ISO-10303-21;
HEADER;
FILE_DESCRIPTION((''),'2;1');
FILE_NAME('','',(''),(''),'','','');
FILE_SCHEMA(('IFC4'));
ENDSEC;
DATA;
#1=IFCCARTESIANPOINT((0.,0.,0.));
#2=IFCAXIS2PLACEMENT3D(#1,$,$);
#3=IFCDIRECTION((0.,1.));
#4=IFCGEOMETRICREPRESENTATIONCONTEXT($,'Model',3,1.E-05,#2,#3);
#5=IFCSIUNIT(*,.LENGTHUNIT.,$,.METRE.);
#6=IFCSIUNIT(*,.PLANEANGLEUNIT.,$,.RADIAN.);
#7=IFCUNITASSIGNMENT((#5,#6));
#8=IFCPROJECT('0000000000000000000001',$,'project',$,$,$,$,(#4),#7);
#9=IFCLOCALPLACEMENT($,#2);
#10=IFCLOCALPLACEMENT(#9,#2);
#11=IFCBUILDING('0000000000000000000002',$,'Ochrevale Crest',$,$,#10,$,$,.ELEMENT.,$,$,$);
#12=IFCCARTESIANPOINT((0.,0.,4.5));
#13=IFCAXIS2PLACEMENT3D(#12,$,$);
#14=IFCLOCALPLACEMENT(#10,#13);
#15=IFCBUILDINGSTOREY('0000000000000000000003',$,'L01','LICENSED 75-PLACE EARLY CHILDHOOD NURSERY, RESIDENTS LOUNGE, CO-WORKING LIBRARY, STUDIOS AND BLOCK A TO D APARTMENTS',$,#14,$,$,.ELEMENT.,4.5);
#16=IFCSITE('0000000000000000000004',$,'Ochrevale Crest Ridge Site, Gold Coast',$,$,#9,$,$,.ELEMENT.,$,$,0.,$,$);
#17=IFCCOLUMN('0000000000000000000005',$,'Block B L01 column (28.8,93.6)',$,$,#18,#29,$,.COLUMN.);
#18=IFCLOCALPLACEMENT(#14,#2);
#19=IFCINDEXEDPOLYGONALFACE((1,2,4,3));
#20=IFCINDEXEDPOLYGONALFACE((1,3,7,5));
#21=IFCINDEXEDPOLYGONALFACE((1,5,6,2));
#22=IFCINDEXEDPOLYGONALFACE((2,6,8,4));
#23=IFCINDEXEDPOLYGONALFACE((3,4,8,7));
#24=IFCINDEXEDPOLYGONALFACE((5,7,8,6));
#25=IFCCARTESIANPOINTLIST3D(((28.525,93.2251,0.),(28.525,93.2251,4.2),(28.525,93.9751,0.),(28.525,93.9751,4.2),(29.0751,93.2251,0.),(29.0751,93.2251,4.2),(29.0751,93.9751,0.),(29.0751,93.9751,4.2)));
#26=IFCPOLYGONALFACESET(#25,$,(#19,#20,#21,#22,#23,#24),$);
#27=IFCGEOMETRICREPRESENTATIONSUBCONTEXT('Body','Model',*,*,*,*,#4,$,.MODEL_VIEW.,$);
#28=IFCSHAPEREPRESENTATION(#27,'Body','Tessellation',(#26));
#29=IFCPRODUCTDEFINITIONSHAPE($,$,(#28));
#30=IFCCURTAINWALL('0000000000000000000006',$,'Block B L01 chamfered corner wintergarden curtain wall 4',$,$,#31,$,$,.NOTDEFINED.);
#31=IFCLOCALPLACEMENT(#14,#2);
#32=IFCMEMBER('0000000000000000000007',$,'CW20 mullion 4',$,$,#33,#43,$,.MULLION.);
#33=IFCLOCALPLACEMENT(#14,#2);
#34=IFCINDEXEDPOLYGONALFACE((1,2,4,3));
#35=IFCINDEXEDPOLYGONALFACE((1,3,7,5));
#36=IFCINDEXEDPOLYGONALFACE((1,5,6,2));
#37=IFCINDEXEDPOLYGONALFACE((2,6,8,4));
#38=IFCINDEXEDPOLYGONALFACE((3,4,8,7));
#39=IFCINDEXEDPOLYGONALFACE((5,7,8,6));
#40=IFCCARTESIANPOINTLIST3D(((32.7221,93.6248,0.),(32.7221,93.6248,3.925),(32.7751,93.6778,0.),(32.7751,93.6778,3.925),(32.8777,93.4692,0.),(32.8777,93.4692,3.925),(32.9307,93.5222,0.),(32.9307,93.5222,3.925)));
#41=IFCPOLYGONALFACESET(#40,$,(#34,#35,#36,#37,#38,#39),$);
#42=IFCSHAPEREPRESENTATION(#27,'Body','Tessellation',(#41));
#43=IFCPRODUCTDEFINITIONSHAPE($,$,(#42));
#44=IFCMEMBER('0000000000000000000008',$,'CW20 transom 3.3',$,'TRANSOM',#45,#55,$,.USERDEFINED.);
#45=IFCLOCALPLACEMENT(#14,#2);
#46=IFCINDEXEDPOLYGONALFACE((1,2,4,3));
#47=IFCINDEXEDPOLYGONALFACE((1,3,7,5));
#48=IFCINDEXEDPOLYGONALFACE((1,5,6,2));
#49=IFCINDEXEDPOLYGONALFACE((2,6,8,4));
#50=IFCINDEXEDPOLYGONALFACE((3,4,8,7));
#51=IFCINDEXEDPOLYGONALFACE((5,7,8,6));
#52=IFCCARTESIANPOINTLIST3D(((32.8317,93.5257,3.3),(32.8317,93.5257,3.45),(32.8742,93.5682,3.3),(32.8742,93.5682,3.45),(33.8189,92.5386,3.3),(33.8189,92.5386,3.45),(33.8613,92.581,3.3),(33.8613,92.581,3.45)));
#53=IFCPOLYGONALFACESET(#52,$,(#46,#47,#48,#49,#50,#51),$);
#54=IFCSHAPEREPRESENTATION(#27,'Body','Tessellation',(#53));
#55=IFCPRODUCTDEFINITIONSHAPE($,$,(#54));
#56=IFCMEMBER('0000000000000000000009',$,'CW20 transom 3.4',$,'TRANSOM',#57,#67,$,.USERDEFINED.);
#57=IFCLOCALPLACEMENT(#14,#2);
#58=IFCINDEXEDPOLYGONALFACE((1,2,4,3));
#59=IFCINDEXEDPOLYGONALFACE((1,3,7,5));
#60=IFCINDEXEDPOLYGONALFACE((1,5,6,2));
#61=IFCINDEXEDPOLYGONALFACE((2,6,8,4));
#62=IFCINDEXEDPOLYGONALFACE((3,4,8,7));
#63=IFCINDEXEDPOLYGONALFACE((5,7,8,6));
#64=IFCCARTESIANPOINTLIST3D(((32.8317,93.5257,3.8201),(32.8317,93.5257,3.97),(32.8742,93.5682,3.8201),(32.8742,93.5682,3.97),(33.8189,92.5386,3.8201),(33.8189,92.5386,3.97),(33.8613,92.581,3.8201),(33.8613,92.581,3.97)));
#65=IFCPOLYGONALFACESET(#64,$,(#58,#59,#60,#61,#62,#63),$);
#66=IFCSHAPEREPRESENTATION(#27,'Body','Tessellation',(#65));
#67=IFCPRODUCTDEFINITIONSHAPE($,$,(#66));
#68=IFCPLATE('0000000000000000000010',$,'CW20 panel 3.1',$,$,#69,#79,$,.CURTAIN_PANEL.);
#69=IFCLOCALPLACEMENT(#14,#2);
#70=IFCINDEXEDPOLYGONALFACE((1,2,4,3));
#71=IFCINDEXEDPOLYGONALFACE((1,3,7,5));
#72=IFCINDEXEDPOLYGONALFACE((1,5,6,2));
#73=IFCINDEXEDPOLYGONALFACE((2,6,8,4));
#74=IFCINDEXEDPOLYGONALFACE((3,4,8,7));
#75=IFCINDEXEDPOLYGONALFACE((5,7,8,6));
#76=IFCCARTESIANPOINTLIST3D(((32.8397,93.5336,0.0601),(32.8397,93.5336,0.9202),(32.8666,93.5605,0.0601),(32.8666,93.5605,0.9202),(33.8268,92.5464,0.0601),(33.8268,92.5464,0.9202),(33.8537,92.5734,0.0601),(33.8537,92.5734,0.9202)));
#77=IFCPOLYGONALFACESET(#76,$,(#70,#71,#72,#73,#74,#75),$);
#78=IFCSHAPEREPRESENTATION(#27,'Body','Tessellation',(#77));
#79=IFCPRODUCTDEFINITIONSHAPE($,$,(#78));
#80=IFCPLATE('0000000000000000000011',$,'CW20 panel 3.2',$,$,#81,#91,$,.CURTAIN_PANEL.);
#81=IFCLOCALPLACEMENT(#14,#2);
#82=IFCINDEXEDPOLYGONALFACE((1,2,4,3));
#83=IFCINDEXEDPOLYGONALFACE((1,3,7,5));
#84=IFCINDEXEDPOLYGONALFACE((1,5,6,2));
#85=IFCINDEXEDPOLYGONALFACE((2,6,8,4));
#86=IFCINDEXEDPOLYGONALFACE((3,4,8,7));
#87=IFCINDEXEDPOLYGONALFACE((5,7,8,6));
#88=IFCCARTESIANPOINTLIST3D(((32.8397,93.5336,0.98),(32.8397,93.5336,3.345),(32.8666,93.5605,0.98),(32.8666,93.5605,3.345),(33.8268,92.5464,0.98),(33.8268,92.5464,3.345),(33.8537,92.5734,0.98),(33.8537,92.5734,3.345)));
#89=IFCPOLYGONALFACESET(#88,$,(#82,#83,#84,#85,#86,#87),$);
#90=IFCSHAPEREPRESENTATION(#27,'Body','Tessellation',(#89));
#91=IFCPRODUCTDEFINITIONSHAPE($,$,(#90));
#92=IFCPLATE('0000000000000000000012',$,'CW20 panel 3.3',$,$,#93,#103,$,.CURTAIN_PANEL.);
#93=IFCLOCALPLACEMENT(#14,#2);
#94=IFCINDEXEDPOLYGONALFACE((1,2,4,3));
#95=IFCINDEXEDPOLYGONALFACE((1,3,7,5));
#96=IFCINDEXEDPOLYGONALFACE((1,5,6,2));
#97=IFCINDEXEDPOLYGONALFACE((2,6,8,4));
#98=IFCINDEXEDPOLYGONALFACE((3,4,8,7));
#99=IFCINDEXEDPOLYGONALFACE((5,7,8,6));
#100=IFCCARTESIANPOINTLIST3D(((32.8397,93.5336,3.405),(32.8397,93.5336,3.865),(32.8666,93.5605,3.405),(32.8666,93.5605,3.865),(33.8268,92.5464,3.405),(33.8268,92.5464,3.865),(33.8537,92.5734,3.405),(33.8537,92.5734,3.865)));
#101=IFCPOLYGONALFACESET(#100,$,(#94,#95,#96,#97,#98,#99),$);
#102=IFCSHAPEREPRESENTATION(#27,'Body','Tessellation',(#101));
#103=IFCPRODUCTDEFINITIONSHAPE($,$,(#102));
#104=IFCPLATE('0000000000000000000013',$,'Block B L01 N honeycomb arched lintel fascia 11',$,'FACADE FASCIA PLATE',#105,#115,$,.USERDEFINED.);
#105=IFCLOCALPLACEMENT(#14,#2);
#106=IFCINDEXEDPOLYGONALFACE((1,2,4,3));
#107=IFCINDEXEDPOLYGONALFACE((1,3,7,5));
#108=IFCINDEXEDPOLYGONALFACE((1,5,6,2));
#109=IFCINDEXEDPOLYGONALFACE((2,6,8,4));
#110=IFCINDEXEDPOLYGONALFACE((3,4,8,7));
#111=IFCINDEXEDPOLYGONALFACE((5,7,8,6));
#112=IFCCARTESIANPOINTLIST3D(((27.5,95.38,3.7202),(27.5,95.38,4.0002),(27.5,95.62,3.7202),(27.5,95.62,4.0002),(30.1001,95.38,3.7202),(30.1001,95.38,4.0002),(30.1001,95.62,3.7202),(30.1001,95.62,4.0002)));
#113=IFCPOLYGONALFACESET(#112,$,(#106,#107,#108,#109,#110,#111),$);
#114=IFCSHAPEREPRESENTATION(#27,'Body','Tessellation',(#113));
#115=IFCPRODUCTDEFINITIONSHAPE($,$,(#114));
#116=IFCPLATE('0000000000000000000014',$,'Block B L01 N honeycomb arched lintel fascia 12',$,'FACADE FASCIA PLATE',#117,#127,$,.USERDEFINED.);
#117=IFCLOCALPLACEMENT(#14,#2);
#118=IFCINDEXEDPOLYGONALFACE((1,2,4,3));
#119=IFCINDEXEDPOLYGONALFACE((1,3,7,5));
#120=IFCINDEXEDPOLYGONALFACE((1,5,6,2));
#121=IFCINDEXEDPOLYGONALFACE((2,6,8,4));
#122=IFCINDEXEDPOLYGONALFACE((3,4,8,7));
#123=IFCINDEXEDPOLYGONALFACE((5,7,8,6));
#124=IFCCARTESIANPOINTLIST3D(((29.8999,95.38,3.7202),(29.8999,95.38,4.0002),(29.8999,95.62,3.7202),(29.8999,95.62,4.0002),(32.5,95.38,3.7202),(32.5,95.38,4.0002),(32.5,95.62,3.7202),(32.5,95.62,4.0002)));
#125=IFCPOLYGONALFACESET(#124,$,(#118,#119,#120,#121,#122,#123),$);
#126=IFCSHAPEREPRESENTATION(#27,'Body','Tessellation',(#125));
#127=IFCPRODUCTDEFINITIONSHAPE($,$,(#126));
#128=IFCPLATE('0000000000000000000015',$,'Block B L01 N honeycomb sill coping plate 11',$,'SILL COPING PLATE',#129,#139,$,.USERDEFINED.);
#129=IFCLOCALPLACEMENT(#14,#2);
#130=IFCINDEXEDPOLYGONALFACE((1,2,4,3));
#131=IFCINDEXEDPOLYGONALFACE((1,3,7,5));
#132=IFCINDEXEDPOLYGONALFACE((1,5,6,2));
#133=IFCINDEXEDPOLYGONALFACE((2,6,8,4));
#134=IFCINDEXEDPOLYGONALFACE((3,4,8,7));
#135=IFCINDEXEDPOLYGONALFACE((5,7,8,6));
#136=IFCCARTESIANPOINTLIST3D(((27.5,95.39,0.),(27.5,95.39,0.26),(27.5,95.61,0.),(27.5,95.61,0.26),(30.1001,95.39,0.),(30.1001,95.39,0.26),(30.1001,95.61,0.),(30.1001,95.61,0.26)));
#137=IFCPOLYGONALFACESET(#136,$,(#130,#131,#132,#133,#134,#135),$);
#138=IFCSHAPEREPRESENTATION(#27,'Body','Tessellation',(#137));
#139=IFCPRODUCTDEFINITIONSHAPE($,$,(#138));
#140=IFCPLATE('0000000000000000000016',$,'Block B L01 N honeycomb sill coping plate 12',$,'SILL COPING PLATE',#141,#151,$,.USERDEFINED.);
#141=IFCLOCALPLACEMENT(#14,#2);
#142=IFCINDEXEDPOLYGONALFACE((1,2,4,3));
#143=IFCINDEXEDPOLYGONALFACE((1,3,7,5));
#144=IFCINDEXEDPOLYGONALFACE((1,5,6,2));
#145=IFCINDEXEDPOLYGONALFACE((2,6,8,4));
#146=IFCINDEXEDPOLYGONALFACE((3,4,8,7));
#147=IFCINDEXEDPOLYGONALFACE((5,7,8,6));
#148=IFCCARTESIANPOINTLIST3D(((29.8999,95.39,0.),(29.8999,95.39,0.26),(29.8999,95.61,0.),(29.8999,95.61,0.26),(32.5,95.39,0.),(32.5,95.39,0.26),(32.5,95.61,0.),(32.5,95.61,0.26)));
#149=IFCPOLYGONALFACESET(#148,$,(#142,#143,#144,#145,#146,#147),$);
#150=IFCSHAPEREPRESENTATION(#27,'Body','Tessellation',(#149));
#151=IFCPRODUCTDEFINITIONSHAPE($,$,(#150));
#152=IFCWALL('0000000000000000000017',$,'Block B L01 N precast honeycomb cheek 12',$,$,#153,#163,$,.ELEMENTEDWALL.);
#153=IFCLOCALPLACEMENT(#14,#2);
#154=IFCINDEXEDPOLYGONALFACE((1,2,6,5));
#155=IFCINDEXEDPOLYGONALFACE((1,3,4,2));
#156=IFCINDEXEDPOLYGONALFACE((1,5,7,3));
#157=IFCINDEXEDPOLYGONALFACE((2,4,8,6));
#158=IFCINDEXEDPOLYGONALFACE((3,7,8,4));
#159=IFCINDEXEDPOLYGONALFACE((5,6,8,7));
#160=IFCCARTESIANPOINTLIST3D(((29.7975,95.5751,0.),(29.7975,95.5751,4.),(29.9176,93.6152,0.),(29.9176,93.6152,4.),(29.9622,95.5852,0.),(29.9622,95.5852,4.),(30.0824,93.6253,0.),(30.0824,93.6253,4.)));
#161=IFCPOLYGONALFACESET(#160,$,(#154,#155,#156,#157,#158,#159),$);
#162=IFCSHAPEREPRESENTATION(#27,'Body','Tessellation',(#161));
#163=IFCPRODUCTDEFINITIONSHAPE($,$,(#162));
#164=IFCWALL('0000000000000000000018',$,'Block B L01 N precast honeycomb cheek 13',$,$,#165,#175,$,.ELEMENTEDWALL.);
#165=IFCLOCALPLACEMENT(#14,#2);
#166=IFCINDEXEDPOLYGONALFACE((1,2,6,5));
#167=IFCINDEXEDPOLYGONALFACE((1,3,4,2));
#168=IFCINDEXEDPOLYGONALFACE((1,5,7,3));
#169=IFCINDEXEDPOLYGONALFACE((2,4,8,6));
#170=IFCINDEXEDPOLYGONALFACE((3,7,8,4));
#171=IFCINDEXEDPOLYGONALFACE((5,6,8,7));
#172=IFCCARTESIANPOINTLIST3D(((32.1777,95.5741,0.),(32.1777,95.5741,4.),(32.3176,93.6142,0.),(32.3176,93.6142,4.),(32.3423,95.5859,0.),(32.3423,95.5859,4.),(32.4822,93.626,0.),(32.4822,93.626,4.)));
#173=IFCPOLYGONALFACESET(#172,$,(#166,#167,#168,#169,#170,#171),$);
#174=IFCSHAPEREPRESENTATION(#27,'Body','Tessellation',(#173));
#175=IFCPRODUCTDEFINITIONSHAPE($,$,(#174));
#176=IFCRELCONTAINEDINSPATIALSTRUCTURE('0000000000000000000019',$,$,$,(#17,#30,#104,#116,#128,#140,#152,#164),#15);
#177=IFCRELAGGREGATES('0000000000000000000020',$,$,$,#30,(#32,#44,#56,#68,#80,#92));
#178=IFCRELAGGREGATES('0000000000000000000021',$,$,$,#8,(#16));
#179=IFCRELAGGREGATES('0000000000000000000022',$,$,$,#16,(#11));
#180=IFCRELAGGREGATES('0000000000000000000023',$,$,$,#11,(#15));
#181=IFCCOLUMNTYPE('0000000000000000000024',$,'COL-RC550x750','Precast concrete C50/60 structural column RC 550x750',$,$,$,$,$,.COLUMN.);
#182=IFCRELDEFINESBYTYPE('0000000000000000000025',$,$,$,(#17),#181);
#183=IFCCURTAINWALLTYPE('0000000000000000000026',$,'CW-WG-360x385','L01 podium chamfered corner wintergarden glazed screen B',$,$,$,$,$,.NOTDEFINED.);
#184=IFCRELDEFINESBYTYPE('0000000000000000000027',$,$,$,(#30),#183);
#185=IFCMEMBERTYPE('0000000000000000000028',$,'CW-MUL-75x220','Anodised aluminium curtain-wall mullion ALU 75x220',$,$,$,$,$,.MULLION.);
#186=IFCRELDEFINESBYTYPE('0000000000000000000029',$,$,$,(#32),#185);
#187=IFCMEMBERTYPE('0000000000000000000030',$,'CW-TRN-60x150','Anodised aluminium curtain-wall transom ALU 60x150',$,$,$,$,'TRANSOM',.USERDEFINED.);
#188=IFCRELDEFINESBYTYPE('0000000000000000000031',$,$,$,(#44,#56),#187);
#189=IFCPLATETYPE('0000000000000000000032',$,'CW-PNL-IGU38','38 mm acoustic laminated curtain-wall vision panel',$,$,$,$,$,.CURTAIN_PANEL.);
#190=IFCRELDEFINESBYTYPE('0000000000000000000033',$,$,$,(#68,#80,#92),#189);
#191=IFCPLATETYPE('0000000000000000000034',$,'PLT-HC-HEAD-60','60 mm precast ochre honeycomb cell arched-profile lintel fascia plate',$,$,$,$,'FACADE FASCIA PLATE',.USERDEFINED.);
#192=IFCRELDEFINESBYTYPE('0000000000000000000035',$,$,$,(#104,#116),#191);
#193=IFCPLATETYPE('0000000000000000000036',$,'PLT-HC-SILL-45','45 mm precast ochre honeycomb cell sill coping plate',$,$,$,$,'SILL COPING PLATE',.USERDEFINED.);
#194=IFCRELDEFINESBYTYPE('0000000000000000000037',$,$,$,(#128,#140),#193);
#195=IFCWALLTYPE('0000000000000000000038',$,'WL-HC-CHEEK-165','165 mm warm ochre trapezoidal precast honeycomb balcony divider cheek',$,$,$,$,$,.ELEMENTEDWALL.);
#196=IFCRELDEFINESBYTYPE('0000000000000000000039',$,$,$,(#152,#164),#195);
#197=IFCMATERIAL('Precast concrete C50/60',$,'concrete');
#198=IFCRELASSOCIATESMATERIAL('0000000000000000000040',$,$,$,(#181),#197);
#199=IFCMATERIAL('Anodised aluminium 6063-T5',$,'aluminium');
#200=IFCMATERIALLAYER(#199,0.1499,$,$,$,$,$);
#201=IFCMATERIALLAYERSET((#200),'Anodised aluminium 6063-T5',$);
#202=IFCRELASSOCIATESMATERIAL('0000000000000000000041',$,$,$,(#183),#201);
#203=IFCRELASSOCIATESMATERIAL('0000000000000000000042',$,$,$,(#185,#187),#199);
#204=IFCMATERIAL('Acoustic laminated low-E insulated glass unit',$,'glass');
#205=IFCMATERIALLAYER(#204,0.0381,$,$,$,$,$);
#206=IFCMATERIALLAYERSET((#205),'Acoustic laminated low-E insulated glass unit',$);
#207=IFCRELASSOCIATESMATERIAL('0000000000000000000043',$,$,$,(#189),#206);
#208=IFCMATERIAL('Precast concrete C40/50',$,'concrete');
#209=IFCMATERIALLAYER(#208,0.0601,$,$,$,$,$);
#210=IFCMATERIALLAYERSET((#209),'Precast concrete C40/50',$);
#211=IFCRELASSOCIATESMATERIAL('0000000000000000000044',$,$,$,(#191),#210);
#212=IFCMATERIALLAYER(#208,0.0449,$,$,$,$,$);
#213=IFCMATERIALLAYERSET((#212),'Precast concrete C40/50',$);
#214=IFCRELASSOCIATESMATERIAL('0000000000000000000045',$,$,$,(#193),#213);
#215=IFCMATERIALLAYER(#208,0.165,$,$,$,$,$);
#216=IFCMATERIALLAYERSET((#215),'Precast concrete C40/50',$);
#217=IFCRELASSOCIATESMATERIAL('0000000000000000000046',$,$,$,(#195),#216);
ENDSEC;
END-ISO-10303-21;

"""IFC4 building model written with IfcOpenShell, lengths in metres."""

from ifc_helpers import new_model, si_unit, direction, frame, frame_2d, origin, origin_2d, place, context, subcontext, project, spatial, rectangle, extrude, material, layer, layer_set, material_profile, profile_set, type_object, element, aggregate, save


model = new_model("IFC4")

# Units and contexts
model_context = context("Model", 3, precision=1e-05, world=origin(), true_north=direction((0.0, 1.0)))
body_context = subcontext(model_context, "Body", "Model", "MODEL_VIEW")
ifc_project = project(units=[si_unit("LENGTHUNIT", "METRE"), si_unit("PLANEANGLEUNIT", "RADIAN")], contexts=[model_context])

# Site, building, storey
site_placement = place(None, origin())
site = spatial("IfcSite", under=ifc_project, at=site_placement, Name="Ochrevale Crest Ridge Site, Gold Coast", CompositionType="ELEMENT", RefElevation=0.0)
building_placement = place(site_placement, origin())
building = spatial("IfcBuilding", under=site, at=building_placement, Name="Ochrevale Crest", CompositionType="ELEMENT")
storey_placement = place(building_placement, frame((0.0, 0.0, 4.5)))
storey = spatial("IfcBuildingStorey", under=building, at=storey_placement, Name="L01", Description="LICENSED 75-PLACE EARLY CHILDHOOD NURSERY, RESIDENTS LOUNGE, CO-WORKING LIBRARY, STUDIOS AND BLOCK A TO D APARTMENTS", CompositionType="ELEMENT", Elevation=4.5)

# Column
ifc_material_1 = material(Name="Precast concrete C50/60", Category="concrete")
ifc_material_profile_1 = material_profile(ifc_material_1, rectangle(XDim=0.55, YDim=0.75, at=origin_2d()), Name="RC 550x750")
ifc_profile_set_1 = profile_set([ifc_material_profile_1], Name="Precast concrete C50/60")
column_type = type_object("IfcColumnType", Name="COL-RC550x750", Description="Precast concrete C50/60 structural column RC 550x750", PredefinedType="COLUMN", material=ifc_profile_set_1)
column_placement = place(storey_placement, frame((28.8, 93.6001, 0.0), z_axis=(0.0, 0.0, 1.0), x_axis=(1.0, 0.0, 0.0)))
element("IfcColumn", 1, at=column_placement, inside=storey, type_object=column_type, Name="Block B L01 column (28.8,93.6)", PredefinedType="COLUMN", context=body_context, shape_type="SweptSolid", body=[
    extrude(rectangle(XDim=0.55, YDim=0.75, at=origin_2d()), origin(), (0.0, 0.0, 1.0), 4.2),
])

# Curtain wall, members, plates
ifc_material_2 = material(Name="Anodised aluminium 6063-T5", Category="aluminium")
ifc_layer_1 = layer(ifc_material_2, 0.1499)
ifc_layer_set_1 = layer_set([ifc_layer_1], Name="Anodised aluminium 6063-T5")
curtain_wall_type = type_object("IfcCurtainWallType", Name="CW-WG-360x385", Description="L01 podium chamfered corner wintergarden glazed screen B", PredefinedType="NOTDEFINED", material=ifc_layer_set_1)
curtain_wall_placement = place(storey_placement, origin())
curtain_wall = element("IfcCurtainWall", 2, at=curtain_wall_placement, inside=storey, type_object=curtain_wall_type, Name="Block B L01 chamfered corner wintergarden curtain wall 4", PredefinedType="NOTDEFINED")
ifc_material_profile_2 = material_profile(ifc_material_2, rectangle(XDim=0.075, YDim=0.22, at=origin_2d()), Name="ALU 75x220")
ifc_profile_set_2 = profile_set([ifc_material_profile_2], Name="Anodised aluminium 6063-T5")
member_type_1 = type_object("IfcMemberType", Name="CW-MUL-75x220", Description="Anodised aluminium curtain-wall mullion ALU 75x220", PredefinedType="MULLION", material=ifc_profile_set_2)
member_1_placement = place(storey_placement, frame((32.8264, 93.5735, 0.0), z_axis=(0.0, 0.0, 1.0), x_axis=(-0.707107, -0.707107, 0.0)))
member_1 = element("IfcMember", 3, at=member_1_placement, type_object=member_type_1, Name="CW20 mullion 4", PredefinedType="MULLION", context=body_context, shape_type="SweptSolid", body=[
    extrude(rectangle(XDim=0.075, YDim=0.22, at=origin_2d()), origin(), (0.0, 0.0, 1.0), 3.925),
])
ifc_material_profile_3 = material_profile(ifc_material_2, rectangle(XDim=0.0601, YDim=0.1499, at=origin_2d()), Name="ALU 60x150")
ifc_profile_set_3 = profile_set([ifc_material_profile_3], Name="Anodised aluminium 6063-T5")
member_type_2 = type_object("IfcMemberType", Name="CW-TRN-60x150", Description="Anodised aluminium curtain-wall transom ALU 60x150", ElementType="TRANSOM", PredefinedType="USERDEFINED", material=ifc_profile_set_3)
member_2_placement = place(storey_placement, frame((33.8401, 92.5598, 3.375), z_axis=(-0.707107, 0.707107, 0.0), x_axis=(-0.707107, -0.707107, 0.0)))
member_2 = element("IfcMember", 4, at=member_2_placement, type_object=member_type_2, Name="CW20 transom 3.3", ObjectType="TRANSOM", PredefinedType="USERDEFINED", context=body_context, shape_type="SweptSolid", body=[
    extrude(rectangle(XDim=0.0601, YDim=0.1499, at=origin_2d()), origin(), (0.0, 0.0, 1.0), 1.396),
])
member_3_placement = place(storey_placement, frame((33.8401, 92.5598, 3.895), z_axis=(-0.707107, 0.707107, 0.0), x_axis=(-0.707107, -0.707107, 0.0)))
member_3 = element("IfcMember", 5, at=member_3_placement, type_object=member_type_2, Name="CW20 transom 3.4", ObjectType="TRANSOM", PredefinedType="USERDEFINED", context=body_context, shape_type="SweptSolid", body=[
    extrude(rectangle(XDim=0.0601, YDim=0.1499, at=origin_2d()), origin(), (0.0, 0.0, 1.0), 1.396),
])
ifc_material_3 = material(Name="Acoustic laminated low-E insulated glass unit", Category="glass")
ifc_layer_2 = layer(ifc_material_3, 0.0381)
ifc_layer_set_2 = layer_set([ifc_layer_2], Name="Acoustic laminated low-E insulated glass unit")
plate_type_1 = type_object("IfcPlateType", Name="CW-PNL-IGU38", Description="38 mm acoustic laminated curtain-wall vision panel", PredefinedType="CURTAIN_PANEL", material=ifc_layer_set_2)
plate_1_placement = place(storey_placement, frame((33.3467, 93.0535, 0.0601), z_axis=(0.0, 0.0, 1.0), x_axis=(-0.707107, 0.707107, 0.0)))
plate_1 = element("IfcPlate", 6, at=plate_1_placement, type_object=plate_type_1, Name="CW20 panel 3.1", PredefinedType="CURTAIN_PANEL", context=body_context, shape_type="SweptSolid", body=[
    extrude(rectangle(XDim=1.396, YDim=0.0381, at=origin_2d()), origin(), (0.0, 0.0, 1.0), 0.8601),
])
plate_2_placement = place(storey_placement, frame((33.3467, 93.0535, 0.98), z_axis=(0.0, 0.0, 1.0), x_axis=(-0.707107, 0.707107, 0.0)))
plate_2 = element("IfcPlate", 7, at=plate_2_placement, type_object=plate_type_1, Name="CW20 panel 3.2", PredefinedType="CURTAIN_PANEL", context=body_context, shape_type="SweptSolid", body=[
    extrude(rectangle(XDim=1.396, YDim=0.0381, at=origin_2d()), origin(), (0.0, 0.0, 1.0), 2.365),
])
plate_3_placement = place(storey_placement, frame((33.3467, 93.0535, 3.405), z_axis=(0.0, 0.0, 1.0), x_axis=(-0.707107, 0.707107, 0.0)))
plate_3 = element("IfcPlate", 8, at=plate_3_placement, type_object=plate_type_1, Name="CW20 panel 3.3", PredefinedType="CURTAIN_PANEL", context=body_context, shape_type="SweptSolid", body=[
    extrude(rectangle(XDim=1.396, YDim=0.0381, at=origin_2d()), origin(), (0.0, 0.0, 1.0), 0.46),
])
aggregate(curtain_wall, [member_1, member_2, member_3, plate_1, plate_2, plate_3])

# Plates
ifc_material_4 = material(Name="Precast concrete C40/50", Category="concrete")
ifc_layer_3 = layer(ifc_material_4, 0.0601)
ifc_layer_set_3 = layer_set([ifc_layer_3], Name="Precast concrete C40/50")
plate_type_2 = type_object("IfcPlateType", Name="PLT-HC-HEAD-60", Description="60 mm precast ochre honeycomb cell arched-profile lintel fascia plate", ElementType="FACADE FASCIA PLATE", PredefinedType="USERDEFINED", material=ifc_layer_set_3)
for number, where, z_axis, x_axis, name in (
    (9, (28.8, 95.5, 3.7202), (0.0, 0.0, 1.0), (1.0, 0.0, 0.0), "Block B L01 N honeycomb arched lintel fascia 11"),
    (10, (31.2, 95.5, 3.7202), (0.0, 0.0, 1.0), (1.0, 0.0, 0.0), "Block B L01 N honeycomb arched lintel fascia 12"),
):
    element("IfcPlate", number, at=place(storey_placement, frame(where, z_axis=z_axis, x_axis=x_axis)), inside=storey, type_object=plate_type_2, Name=name, ObjectType="FACADE FASCIA PLATE", PredefinedType="USERDEFINED", context=body_context, shape_type="SweptSolid", body=[
        extrude(rectangle(XDim=2.6001, YDim=0.24, at=origin_2d()), origin(), (0.0, 0.0, 1.0), 0.28),
    ])
ifc_layer_4 = layer(ifc_material_4, 0.0449)
ifc_layer_set_4 = layer_set([ifc_layer_4], Name="Precast concrete C40/50")
plate_type_3 = type_object("IfcPlateType", Name="PLT-HC-SILL-45", Description="45 mm precast ochre honeycomb cell sill coping plate", ElementType="SILL COPING PLATE", PredefinedType="USERDEFINED", material=ifc_layer_set_4)
for number, where, z_axis, x_axis, name in (
    (11, (28.8, 95.5, 0.0), (0.0, 0.0, 1.0), (1.0, 0.0, 0.0), "Block B L01 N honeycomb sill coping plate 11"),
    (12, (31.2, 95.5, 0.0), (0.0, 0.0, 1.0), (1.0, 0.0, 0.0), "Block B L01 N honeycomb sill coping plate 12"),
):
    element("IfcPlate", number, at=place(storey_placement, frame(where, z_axis=z_axis, x_axis=x_axis)), inside=storey, type_object=plate_type_3, Name=name, ObjectType="SILL COPING PLATE", PredefinedType="USERDEFINED", context=body_context, shape_type="SweptSolid", body=[
        extrude(rectangle(XDim=2.6001, YDim=0.22, at=origin_2d()), origin(), (0.0, 0.0, 1.0), 0.26),
    ])

# Walls
ifc_layer_5 = layer(ifc_material_4, 0.165)
ifc_layer_set_5 = layer_set([ifc_layer_5], Name="Precast concrete C40/50")
wall_type_1 = type_object("IfcWallType", Name="WL-HC-CHEEK-165", Description="165 mm warm ochre trapezoidal precast honeycomb balcony divider cheek", PredefinedType="ELEMENTEDWALL", material=ifc_layer_set_5)
wall_1_placement = place(storey_placement, frame((30.0, 93.6201, 0.0), z_axis=(0.0, 0.0, 1.0), x_axis=(-0.061171, 0.998127, 0.0)))
element("IfcWall", 13, at=wall_1_placement, inside=storey, type_object=wall_type_1, Name="Block B L01 N precast honeycomb cheek 12", PredefinedType="ELEMENTEDWALL", context=body_context, shape_type="SweptSolid", body=[
    extrude(rectangle(XDim=1.9636, YDim=0.165, at=frame_2d((0.9819, 0.0))), origin(), (0.0, 0.0, 1.0), 4.0),
])
wall_2_placement = place(storey_placement, frame((32.3999, 93.6201, 0.0), z_axis=(0.0, 0.0, 1.0), x_axis=(-0.071194, 0.997462, 0.0)))
element("IfcWall", 14, at=wall_2_placement, inside=storey, type_object=wall_type_1, Name="Block B L01 N precast honeycomb cheek 13", PredefinedType="ELEMENTEDWALL", context=body_context, shape_type="SweptSolid", body=[
    extrude(rectangle(XDim=1.9648, YDim=0.165, at=frame_2d((0.9824, 0.0))), origin(), (0.0, 0.0, 1.0), 4.0),
])

save(model, "model.ifc")
